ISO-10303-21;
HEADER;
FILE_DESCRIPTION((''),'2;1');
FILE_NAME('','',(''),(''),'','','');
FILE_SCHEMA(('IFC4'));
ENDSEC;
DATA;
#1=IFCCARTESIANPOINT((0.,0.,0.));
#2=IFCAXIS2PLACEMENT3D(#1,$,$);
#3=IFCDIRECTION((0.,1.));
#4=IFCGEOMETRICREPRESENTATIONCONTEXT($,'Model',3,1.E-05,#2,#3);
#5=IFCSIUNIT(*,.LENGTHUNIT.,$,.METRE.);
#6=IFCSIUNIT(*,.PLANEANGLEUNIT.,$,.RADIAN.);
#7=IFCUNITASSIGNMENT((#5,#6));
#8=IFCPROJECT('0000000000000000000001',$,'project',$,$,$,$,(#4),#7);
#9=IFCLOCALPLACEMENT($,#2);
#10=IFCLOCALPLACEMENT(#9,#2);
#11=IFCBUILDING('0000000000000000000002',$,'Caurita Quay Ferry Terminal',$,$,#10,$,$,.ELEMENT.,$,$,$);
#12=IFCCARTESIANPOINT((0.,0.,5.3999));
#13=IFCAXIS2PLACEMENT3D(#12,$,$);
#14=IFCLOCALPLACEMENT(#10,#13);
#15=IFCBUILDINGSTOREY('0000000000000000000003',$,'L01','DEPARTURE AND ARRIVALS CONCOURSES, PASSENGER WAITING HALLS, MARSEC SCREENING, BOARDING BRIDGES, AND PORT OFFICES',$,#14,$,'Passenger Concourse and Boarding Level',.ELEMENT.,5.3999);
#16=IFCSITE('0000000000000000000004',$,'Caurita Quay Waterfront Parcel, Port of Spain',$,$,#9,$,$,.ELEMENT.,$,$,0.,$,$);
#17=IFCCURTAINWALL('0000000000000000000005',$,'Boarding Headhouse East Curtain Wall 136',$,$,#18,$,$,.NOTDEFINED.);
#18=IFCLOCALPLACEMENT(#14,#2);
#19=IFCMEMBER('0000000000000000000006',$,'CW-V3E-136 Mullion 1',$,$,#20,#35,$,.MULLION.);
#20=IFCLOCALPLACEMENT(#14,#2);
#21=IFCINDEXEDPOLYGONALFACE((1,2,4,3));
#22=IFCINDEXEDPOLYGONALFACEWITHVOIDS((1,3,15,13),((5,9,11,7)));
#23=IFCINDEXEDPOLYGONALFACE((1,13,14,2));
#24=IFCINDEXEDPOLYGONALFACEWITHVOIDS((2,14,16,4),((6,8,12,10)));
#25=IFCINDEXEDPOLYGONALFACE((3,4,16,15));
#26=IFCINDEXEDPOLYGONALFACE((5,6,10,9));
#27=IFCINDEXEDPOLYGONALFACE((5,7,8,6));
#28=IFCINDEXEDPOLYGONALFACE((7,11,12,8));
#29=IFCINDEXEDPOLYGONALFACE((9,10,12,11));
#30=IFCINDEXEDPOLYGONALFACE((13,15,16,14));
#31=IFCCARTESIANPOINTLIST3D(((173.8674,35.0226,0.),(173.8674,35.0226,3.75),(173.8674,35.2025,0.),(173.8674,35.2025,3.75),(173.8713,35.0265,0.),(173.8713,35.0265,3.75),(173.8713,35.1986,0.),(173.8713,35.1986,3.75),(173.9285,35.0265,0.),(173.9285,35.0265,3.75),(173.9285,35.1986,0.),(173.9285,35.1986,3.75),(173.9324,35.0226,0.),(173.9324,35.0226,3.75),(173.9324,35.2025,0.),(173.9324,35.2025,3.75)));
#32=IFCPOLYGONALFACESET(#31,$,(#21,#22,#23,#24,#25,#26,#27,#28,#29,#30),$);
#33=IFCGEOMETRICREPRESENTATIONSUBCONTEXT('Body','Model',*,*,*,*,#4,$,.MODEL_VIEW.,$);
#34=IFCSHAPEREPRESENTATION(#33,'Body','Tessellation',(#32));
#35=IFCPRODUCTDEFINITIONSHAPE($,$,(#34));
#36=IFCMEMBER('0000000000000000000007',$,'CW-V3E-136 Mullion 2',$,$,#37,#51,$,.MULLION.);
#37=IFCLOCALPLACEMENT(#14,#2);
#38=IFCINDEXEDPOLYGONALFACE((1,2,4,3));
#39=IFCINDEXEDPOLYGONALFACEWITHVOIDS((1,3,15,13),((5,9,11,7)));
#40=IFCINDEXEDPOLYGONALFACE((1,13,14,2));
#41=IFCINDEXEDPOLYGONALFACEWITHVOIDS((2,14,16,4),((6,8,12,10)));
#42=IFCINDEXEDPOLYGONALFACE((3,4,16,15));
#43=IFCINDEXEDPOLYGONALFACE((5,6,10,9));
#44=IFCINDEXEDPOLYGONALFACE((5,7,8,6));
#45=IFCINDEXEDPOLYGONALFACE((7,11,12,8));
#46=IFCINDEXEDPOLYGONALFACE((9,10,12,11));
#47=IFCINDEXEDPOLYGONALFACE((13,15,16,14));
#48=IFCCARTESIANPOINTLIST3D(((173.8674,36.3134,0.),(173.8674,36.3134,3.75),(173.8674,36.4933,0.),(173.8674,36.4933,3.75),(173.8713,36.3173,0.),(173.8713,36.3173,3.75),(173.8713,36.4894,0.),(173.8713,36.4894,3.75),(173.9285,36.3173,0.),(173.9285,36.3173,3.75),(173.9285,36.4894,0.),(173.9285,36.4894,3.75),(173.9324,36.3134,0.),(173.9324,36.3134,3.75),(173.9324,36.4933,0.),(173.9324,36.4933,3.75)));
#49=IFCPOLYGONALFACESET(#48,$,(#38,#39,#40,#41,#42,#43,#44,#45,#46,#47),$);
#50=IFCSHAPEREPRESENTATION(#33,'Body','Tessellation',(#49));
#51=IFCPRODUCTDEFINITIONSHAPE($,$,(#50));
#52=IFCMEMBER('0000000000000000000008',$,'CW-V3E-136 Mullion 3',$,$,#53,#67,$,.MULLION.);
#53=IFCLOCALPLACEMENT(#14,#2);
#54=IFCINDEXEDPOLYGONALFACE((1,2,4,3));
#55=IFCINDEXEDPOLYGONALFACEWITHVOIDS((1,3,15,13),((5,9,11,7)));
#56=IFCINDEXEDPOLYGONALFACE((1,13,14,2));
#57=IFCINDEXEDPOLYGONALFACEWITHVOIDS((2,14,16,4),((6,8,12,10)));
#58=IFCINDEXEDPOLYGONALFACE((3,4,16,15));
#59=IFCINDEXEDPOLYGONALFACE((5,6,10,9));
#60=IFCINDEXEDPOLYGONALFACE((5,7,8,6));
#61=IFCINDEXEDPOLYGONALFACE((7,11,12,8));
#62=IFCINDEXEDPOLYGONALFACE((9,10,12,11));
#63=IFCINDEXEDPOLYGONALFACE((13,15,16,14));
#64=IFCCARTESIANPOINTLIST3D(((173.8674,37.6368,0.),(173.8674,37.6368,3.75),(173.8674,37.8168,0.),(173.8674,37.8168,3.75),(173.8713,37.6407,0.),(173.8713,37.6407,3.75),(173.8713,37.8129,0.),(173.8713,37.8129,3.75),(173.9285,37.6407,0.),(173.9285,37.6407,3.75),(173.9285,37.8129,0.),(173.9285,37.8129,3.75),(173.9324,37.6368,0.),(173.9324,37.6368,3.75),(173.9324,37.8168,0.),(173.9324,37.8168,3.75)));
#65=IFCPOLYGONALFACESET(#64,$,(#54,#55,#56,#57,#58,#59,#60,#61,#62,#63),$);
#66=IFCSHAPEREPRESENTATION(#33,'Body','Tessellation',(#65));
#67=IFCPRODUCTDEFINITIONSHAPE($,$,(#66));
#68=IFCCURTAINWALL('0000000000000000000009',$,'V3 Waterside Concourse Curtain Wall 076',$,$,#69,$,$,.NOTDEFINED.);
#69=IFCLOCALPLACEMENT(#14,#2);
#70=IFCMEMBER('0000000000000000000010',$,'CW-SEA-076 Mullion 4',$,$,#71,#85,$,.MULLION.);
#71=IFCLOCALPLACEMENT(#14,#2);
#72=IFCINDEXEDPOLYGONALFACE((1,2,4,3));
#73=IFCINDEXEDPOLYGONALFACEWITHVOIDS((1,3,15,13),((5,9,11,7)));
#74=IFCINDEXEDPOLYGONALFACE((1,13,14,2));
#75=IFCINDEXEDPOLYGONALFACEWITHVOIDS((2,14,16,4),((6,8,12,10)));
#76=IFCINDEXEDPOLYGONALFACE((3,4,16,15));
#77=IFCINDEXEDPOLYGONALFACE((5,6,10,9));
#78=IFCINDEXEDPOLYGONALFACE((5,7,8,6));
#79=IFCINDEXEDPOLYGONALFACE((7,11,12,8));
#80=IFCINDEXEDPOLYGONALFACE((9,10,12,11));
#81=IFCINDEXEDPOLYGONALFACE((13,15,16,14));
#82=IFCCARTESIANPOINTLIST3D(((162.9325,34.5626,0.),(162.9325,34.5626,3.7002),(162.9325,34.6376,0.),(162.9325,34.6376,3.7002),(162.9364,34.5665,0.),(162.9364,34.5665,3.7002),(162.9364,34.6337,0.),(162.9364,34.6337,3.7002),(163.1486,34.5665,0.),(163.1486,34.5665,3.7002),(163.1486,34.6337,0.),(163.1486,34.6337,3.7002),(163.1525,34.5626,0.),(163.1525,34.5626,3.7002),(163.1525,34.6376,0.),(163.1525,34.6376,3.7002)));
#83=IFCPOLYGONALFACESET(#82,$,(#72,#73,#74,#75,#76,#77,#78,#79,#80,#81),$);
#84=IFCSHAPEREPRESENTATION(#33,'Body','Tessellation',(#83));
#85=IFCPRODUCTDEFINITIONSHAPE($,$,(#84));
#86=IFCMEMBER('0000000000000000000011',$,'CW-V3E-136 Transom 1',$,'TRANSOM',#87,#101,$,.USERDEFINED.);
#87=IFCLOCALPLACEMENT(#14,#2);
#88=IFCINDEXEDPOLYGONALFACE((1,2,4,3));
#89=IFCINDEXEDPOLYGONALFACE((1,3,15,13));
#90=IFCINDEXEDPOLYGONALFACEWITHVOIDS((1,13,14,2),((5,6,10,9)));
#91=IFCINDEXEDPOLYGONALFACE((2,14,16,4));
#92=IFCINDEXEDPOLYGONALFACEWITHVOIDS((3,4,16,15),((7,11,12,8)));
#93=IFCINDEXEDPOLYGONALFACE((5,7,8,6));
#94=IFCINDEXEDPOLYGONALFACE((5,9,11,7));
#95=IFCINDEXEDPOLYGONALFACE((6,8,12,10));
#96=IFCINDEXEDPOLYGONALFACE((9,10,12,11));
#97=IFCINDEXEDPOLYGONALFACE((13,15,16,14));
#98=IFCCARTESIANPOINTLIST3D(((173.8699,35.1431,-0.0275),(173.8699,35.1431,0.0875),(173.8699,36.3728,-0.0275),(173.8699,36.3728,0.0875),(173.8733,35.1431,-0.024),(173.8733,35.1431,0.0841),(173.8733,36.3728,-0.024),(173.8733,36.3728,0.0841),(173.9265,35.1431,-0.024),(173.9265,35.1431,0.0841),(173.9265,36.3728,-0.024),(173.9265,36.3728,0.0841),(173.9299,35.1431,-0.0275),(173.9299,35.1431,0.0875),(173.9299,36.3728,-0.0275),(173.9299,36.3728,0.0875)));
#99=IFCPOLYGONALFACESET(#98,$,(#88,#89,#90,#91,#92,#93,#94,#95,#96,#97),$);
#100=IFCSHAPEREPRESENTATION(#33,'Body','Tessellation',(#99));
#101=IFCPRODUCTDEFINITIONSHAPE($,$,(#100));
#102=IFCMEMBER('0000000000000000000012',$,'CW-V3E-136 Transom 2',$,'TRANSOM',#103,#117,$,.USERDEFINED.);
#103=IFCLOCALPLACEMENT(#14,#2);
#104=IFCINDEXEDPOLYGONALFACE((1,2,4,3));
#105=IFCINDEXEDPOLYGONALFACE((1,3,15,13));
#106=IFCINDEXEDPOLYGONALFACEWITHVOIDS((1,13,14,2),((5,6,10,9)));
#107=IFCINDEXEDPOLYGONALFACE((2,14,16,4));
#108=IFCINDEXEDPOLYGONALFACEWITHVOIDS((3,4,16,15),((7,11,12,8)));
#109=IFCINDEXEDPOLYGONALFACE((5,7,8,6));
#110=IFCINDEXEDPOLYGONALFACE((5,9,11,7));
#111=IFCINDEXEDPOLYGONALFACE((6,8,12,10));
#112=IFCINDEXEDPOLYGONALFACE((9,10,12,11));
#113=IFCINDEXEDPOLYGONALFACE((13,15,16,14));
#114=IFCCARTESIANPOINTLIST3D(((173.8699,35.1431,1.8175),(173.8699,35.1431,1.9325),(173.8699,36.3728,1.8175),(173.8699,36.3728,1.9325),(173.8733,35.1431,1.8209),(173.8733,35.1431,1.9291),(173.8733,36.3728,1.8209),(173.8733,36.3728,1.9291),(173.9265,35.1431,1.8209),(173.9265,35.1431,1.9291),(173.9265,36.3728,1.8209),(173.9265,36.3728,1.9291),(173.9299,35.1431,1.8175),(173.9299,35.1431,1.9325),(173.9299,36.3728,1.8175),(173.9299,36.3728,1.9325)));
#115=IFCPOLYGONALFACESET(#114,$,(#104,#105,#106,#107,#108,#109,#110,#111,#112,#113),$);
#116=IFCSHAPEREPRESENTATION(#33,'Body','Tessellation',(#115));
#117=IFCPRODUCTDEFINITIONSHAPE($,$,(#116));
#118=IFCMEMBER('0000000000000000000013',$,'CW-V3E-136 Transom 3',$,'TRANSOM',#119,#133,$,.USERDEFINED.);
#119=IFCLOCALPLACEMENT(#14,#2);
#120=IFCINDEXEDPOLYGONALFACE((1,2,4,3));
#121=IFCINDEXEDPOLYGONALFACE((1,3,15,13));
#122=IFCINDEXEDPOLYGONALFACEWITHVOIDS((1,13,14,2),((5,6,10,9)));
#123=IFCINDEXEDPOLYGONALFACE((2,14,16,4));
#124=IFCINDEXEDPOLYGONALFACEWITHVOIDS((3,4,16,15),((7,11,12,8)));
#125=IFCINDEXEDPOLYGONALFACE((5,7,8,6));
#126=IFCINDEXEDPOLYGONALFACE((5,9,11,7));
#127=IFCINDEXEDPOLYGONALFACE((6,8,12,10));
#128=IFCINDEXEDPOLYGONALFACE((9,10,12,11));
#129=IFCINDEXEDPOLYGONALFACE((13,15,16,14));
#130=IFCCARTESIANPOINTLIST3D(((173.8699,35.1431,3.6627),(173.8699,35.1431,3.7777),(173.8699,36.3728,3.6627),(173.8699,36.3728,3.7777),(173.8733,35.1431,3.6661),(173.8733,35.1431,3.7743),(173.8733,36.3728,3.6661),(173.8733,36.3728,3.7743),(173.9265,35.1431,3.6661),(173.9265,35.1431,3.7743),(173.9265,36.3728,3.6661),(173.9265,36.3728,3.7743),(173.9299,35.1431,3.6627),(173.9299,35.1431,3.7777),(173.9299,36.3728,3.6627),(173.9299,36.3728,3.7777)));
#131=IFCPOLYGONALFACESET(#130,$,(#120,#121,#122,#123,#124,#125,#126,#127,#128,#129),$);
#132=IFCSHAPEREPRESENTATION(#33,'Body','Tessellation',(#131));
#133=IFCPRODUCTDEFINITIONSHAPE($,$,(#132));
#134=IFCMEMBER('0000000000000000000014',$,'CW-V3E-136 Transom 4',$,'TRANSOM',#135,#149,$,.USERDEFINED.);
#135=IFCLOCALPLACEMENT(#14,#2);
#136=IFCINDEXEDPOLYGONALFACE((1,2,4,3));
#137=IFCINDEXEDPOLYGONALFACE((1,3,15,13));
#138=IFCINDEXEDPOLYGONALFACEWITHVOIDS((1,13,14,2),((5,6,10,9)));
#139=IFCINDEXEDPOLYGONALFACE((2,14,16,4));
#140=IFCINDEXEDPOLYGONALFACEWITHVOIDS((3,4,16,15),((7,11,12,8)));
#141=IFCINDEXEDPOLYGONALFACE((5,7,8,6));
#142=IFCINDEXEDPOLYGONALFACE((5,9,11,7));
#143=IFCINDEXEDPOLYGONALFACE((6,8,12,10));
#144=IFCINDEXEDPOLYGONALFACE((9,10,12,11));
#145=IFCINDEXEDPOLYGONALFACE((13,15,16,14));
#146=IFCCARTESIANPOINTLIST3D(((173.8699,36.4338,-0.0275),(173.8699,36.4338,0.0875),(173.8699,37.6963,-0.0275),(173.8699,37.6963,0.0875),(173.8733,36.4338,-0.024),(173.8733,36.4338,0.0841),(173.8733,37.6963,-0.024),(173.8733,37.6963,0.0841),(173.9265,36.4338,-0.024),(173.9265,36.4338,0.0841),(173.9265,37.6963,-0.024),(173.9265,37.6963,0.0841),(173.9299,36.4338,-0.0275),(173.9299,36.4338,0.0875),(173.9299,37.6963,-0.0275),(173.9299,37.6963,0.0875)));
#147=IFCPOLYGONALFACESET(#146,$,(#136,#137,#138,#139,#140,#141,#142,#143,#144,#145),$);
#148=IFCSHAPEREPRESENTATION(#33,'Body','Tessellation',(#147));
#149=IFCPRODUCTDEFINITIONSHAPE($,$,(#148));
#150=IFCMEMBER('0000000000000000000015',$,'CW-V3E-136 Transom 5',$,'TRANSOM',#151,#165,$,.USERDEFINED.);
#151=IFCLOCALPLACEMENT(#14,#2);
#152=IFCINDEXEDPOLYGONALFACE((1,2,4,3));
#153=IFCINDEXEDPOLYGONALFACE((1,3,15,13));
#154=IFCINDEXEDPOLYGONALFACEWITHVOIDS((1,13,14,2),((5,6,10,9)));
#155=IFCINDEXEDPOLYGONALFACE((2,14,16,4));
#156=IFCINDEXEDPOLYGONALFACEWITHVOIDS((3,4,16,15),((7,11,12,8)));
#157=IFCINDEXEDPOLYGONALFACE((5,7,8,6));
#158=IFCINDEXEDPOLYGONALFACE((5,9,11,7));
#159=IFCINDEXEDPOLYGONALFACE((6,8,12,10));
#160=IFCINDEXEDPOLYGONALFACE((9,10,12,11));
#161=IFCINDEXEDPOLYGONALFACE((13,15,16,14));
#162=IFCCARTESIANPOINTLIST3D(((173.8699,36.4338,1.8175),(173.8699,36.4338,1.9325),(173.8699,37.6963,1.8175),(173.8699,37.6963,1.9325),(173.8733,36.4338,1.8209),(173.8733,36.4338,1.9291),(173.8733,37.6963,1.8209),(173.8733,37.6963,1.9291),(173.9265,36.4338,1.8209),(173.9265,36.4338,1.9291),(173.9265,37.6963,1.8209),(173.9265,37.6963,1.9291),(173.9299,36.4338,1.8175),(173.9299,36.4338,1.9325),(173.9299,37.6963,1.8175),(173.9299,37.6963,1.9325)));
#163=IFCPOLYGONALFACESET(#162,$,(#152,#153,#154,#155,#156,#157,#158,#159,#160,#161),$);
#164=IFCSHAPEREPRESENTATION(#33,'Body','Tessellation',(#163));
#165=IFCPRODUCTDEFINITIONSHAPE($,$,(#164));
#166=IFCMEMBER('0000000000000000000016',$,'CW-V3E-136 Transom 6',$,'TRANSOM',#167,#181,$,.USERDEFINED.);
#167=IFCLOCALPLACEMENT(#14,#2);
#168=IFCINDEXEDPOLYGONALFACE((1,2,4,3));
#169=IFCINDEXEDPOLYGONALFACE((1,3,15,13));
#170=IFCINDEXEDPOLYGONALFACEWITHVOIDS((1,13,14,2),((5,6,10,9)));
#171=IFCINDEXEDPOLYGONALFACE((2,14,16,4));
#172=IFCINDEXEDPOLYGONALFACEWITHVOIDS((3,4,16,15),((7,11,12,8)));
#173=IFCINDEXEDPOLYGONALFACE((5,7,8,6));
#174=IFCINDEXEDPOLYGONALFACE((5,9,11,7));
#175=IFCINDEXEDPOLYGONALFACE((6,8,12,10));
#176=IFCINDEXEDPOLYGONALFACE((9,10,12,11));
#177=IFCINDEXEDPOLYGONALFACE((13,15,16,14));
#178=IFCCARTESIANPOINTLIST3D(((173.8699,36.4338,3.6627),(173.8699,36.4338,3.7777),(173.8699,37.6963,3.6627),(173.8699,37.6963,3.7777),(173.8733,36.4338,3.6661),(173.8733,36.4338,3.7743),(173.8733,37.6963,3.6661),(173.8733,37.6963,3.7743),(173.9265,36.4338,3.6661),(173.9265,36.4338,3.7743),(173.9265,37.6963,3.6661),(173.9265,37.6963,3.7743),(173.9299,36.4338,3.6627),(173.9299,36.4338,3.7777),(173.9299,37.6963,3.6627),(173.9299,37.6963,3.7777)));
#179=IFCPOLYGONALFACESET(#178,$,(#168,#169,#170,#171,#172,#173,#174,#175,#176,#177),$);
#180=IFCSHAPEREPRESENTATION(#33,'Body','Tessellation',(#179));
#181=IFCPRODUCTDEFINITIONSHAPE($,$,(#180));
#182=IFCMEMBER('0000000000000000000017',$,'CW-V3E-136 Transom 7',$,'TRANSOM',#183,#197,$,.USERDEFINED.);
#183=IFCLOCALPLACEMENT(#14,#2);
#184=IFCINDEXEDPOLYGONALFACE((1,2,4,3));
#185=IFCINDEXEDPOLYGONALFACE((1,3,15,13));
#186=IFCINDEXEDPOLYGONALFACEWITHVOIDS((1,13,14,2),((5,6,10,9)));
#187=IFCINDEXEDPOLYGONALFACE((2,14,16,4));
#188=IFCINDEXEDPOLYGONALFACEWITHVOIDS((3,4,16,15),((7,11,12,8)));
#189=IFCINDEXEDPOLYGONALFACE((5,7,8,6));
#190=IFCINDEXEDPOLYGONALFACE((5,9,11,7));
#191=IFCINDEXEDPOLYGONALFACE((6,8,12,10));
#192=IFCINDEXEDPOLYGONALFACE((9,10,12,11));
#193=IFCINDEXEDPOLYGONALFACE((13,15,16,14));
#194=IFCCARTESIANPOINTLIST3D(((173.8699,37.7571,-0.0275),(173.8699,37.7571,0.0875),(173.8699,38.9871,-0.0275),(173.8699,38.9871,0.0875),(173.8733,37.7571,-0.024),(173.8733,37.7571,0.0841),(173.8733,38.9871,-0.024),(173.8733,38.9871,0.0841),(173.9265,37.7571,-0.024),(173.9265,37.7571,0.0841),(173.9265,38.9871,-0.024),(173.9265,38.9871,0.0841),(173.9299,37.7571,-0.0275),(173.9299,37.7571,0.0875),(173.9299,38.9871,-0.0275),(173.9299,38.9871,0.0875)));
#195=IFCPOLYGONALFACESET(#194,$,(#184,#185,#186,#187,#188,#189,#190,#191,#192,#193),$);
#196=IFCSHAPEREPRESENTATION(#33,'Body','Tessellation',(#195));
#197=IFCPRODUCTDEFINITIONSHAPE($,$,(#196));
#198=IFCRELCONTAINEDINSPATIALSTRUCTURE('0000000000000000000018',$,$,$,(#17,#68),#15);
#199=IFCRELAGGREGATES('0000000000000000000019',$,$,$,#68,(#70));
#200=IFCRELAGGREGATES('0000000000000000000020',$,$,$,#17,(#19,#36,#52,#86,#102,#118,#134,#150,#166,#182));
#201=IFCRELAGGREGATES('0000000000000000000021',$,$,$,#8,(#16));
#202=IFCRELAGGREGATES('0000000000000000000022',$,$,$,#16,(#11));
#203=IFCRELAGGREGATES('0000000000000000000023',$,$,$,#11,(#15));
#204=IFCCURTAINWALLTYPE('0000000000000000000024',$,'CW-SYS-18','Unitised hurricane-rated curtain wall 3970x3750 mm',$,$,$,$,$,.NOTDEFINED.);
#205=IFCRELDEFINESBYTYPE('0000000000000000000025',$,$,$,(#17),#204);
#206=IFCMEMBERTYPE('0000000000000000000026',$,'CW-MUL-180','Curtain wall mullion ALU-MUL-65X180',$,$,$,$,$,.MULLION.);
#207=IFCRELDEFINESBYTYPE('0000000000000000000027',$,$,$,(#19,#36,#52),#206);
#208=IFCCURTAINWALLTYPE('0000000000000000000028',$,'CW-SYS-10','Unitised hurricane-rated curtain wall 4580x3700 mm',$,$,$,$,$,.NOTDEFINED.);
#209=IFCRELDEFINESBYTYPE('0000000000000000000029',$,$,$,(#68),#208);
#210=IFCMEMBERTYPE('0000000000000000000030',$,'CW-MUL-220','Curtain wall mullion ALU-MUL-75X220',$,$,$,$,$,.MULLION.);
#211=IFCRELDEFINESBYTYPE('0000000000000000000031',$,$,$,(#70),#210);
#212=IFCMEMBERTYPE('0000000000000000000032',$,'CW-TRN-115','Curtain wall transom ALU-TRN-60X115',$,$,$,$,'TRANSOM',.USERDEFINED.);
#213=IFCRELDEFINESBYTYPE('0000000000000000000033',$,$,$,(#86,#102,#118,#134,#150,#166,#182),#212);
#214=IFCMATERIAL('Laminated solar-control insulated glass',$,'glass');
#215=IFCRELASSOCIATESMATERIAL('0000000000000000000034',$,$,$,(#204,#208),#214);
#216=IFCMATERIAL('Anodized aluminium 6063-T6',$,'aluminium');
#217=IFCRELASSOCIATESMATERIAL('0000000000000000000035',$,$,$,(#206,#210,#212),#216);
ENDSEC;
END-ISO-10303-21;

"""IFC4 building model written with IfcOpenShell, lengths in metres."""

from ifc_helpers import new_model, si_unit, direction, frame, origin, origin_2d, place, context, subcontext, project, spatial, hollow_rectangle, extrude, material, material_profile, profile_set, type_object, element, aggregate, save


model = new_model("IFC4")

# Units and contexts
model_context = context("Model", 3, precision=1e-05, world=origin(), true_north=direction((0.0, 1.0)))
body_context = subcontext(model_context, "Body", "Model", "MODEL_VIEW")
ifc_project = project(units=[si_unit("LENGTHUNIT", "METRE"), si_unit("PLANEANGLEUNIT", "RADIAN")], contexts=[model_context])

# Site, building, storey
site_placement = place(None, origin())
site = spatial("IfcSite", under=ifc_project, at=site_placement, Name="Caurita Quay Waterfront Parcel, Port of Spain", CompositionType="ELEMENT", RefElevation=0.0)
building_placement = place(site_placement, origin())
building = spatial("IfcBuilding", under=site, at=building_placement, Name="Caurita Quay Ferry Terminal", CompositionType="ELEMENT")
storey_placement = place(building_placement, frame((0.0, 0.0, 5.3999)))
storey = spatial("IfcBuildingStorey", under=building, at=storey_placement, Name="L01", Description="DEPARTURE AND ARRIVALS CONCOURSES, PASSENGER WAITING HALLS, MARSEC SCREENING, BOARDING BRIDGES, AND PORT OFFICES", LongName="Passenger Concourse and Boarding Level", CompositionType="ELEMENT", Elevation=5.3999)

# Curtain wall, members
ifc_material_1 = material(Name="Laminated solar-control insulated glass", Category="glass")
curtain_wall_type_1 = type_object("IfcCurtainWallType", Name="CW-SYS-18", Description="Unitised hurricane-rated curtain wall 3970x3750 mm", PredefinedType="NOTDEFINED", material=ifc_material_1)
curtain_wall_1_placement = place(storey_placement, origin())
curtain_wall_1 = element("IfcCurtainWall", 1, at=curtain_wall_1_placement, inside=storey, type_object=curtain_wall_type_1, Name="Boarding Headhouse East Curtain Wall 136", PredefinedType="NOTDEFINED")
ifc_material_2 = material(Name="Anodized aluminium 6063-T6", Category="aluminium")
ifc_material_profile_1 = material_profile(ifc_material_2, hollow_rectangle(XDim=0.0649, YDim=0.1799, WallThickness=0.0039, at=origin_2d()), Name="ALU-MUL-65X180")
ifc_profile_set_1 = profile_set([ifc_material_profile_1], Name="Anodized aluminium 6063-T6")
member_type_1 = type_object("IfcMemberType", Name="CW-MUL-180", Description="Curtain wall mullion ALU-MUL-65X180", PredefinedType="MULLION", material=ifc_profile_set_1)
member_1_placement = place(storey_placement, frame((173.8999, 35.1125, 0.0), z_axis=(0.0, 0.0, 1.0), x_axis=(-1.0, 0.0, 0.0)))
member_1 = element("IfcMember", 2, at=member_1_placement, type_object=member_type_1, Name="CW-V3E-136 Mullion 1", PredefinedType="MULLION", context=body_context, shape_type="SweptSolid", body=[
    extrude(hollow_rectangle(XDim=0.0649, YDim=0.1799, WallThickness=0.0039, at=origin_2d()), origin(), (0.0, 0.0, 1.0), 3.75),
])
member_2_placement = place(storey_placement, frame((173.8999, 36.4033, 0.0), z_axis=(0.0, 0.0, 1.0), x_axis=(-1.0, 0.0, 0.0)))
member_2 = element("IfcMember", 3, at=member_2_placement, type_object=member_type_1, Name="CW-V3E-136 Mullion 2", PredefinedType="MULLION", context=body_context, shape_type="SweptSolid", body=[
    extrude(hollow_rectangle(XDim=0.0649, YDim=0.1799, WallThickness=0.0039, at=origin_2d()), origin(), (0.0, 0.0, 1.0), 3.75),
])
member_3_placement = place(storey_placement, frame((173.8999, 37.7268, 0.0), z_axis=(0.0, 0.0, 1.0), x_axis=(-1.0, 0.0, 0.0)))
member_3 = element("IfcMember", 4, at=member_3_placement, type_object=member_type_1, Name="CW-V3E-136 Mullion 3", PredefinedType="MULLION", context=body_context, shape_type="SweptSolid", body=[
    extrude(hollow_rectangle(XDim=0.0649, YDim=0.1799, WallThickness=0.0039, at=origin_2d()), origin(), (0.0, 0.0, 1.0), 3.75),
])

# Curtain wall, member
curtain_wall_type_2 = type_object("IfcCurtainWallType", Name="CW-SYS-10", Description="Unitised hurricane-rated curtain wall 4580x3700 mm", PredefinedType="NOTDEFINED", material=ifc_material_1)
curtain_wall_2_placement = place(storey_placement, origin())
curtain_wall_2 = element("IfcCurtainWall", 5, at=curtain_wall_2_placement, inside=storey, type_object=curtain_wall_type_2, Name="V3 Waterside Concourse Curtain Wall 076", PredefinedType="NOTDEFINED")
ifc_material_profile_2 = material_profile(ifc_material_2, hollow_rectangle(XDim=0.075, YDim=0.22, WallThickness=0.0039, at=origin_2d()), Name="ALU-MUL-75X220")
ifc_profile_set_2 = profile_set([ifc_material_profile_2], Name="Anodized aluminium 6063-T6")
member_type_2 = type_object("IfcMemberType", Name="CW-MUL-220", Description="Curtain wall mullion ALU-MUL-75X220", PredefinedType="MULLION", material=ifc_profile_set_2)
member_4_placement = place(storey_placement, frame((163.0425, 34.6001, 0.0), z_axis=(0.0, 0.0, 1.0), x_axis=(0.0, 1.0, 0.0)))
member_4 = element("IfcMember", 6, at=member_4_placement, type_object=member_type_2, Name="CW-SEA-076 Mullion 4", PredefinedType="MULLION", context=body_context, shape_type="SweptSolid", body=[
    extrude(hollow_rectangle(XDim=0.075, YDim=0.22, WallThickness=0.0039, at=origin_2d()), origin(), (0.0, 0.0, 1.0), 3.7002),
])

# Members
ifc_material_profile_3 = material_profile(ifc_material_2, hollow_rectangle(XDim=0.0601, YDim=0.115, WallThickness=0.0034, at=origin_2d()), Name="ALU-TRN-60X115")
ifc_profile_set_3 = profile_set([ifc_material_profile_3], Name="Anodized aluminium 6063-T6")
member_type_3 = type_object("IfcMemberType", Name="CW-TRN-115", Description="Curtain wall transom ALU-TRN-60X115", ElementType="TRANSOM", PredefinedType="USERDEFINED", material=ifc_profile_set_3)
member_5_placement = place(storey_placement, frame((173.8999, 35.1431, 0.03), z_axis=(0.0, 1.0, 0.0), x_axis=(-1.0, 0.0, 0.0)))
member_5 = element("IfcMember", 7, at=member_5_placement, type_object=member_type_3, Name="CW-V3E-136 Transom 1", ObjectType="TRANSOM", PredefinedType="USERDEFINED", context=body_context, shape_type="SweptSolid", body=[
    extrude(hollow_rectangle(XDim=0.0601, YDim=0.115, WallThickness=0.0034, at=origin_2d()), origin(), (0.0, 0.0, 1.0), 1.2297),
])
member_6_placement = place(storey_placement, frame((173.8999, 35.1431, 1.875), z_axis=(0.0, 1.0, 0.0), x_axis=(-1.0, 0.0, 0.0)))
member_6 = element("IfcMember", 8, at=member_6_placement, type_object=member_type_3, Name="CW-V3E-136 Transom 2", ObjectType="TRANSOM", PredefinedType="USERDEFINED", context=body_context, shape_type="SweptSolid", body=[
    extrude(hollow_rectangle(XDim=0.0601, YDim=0.115, WallThickness=0.0034, at=origin_2d()), origin(), (0.0, 0.0, 1.0), 1.2297),
])
member_7_placement = place(storey_placement, frame((173.8999, 35.1431, 3.7202), z_axis=(0.0, 1.0, 0.0), x_axis=(-1.0, 0.0, 0.0)))
member_7 = element("IfcMember", 9, at=member_7_placement, type_object=member_type_3, Name="CW-V3E-136 Transom 3", ObjectType="TRANSOM", PredefinedType="USERDEFINED", context=body_context, shape_type="SweptSolid", body=[
    extrude(hollow_rectangle(XDim=0.0601, YDim=0.115, WallThickness=0.0034, at=origin_2d()), origin(), (0.0, 0.0, 1.0), 1.2297),
])
member_8_placement = place(storey_placement, frame((173.8999, 36.4338, 0.03), z_axis=(0.0, 1.0, 0.0), x_axis=(-1.0, 0.0, 0.0)))
member_8 = element("IfcMember", 10, at=member_8_placement, type_object=member_type_3, Name="CW-V3E-136 Transom 4", ObjectType="TRANSOM", PredefinedType="USERDEFINED", context=body_context, shape_type="SweptSolid", body=[
    extrude(hollow_rectangle(XDim=0.0601, YDim=0.115, WallThickness=0.0034, at=origin_2d()), origin(), (0.0, 0.0, 1.0), 1.2625),
])
member_9_placement = place(storey_placement, frame((173.8999, 36.4338, 1.875), z_axis=(0.0, 1.0, 0.0), x_axis=(-1.0, 0.0, 0.0)))
member_9 = element("IfcMember", 11, at=member_9_placement, type_object=member_type_3, Name="CW-V3E-136 Transom 5", ObjectType="TRANSOM", PredefinedType="USERDEFINED", context=body_context, shape_type="SweptSolid", body=[
    extrude(hollow_rectangle(XDim=0.0601, YDim=0.115, WallThickness=0.0034, at=origin_2d()), origin(), (0.0, 0.0, 1.0), 1.2625),
])
member_10_placement = place(storey_placement, frame((173.8999, 36.4338, 3.7202), z_axis=(0.0, 1.0, 0.0), x_axis=(-1.0, 0.0, 0.0)))
member_10 = element("IfcMember", 12, at=member_10_placement, type_object=member_type_3, Name="CW-V3E-136 Transom 6", ObjectType="TRANSOM", PredefinedType="USERDEFINED", context=body_context, shape_type="SweptSolid", body=[
    extrude(hollow_rectangle(XDim=0.0601, YDim=0.115, WallThickness=0.0034, at=origin_2d()), origin(), (0.0, 0.0, 1.0), 1.2625),
])
member_11_placement = place(storey_placement, frame((173.8999, 37.7571, 0.03), z_axis=(0.0, 1.0, 0.0), x_axis=(-1.0, 0.0, 0.0)))
member_11 = element("IfcMember", 13, at=member_11_placement, type_object=member_type_3, Name="CW-V3E-136 Transom 7", ObjectType="TRANSOM", PredefinedType="USERDEFINED", context=body_context, shape_type="SweptSolid", body=[
    extrude(hollow_rectangle(XDim=0.0601, YDim=0.115, WallThickness=0.0034, at=origin_2d()), origin(), (0.0, 0.0, 1.0), 1.23),
])

aggregate(curtain_wall_2, [member_4])
aggregate(curtain_wall_1, [member_1, member_2, member_3, member_5, member_6, member_7, member_8, member_9, member_10, member_11])

save(model, "model.ifc")
